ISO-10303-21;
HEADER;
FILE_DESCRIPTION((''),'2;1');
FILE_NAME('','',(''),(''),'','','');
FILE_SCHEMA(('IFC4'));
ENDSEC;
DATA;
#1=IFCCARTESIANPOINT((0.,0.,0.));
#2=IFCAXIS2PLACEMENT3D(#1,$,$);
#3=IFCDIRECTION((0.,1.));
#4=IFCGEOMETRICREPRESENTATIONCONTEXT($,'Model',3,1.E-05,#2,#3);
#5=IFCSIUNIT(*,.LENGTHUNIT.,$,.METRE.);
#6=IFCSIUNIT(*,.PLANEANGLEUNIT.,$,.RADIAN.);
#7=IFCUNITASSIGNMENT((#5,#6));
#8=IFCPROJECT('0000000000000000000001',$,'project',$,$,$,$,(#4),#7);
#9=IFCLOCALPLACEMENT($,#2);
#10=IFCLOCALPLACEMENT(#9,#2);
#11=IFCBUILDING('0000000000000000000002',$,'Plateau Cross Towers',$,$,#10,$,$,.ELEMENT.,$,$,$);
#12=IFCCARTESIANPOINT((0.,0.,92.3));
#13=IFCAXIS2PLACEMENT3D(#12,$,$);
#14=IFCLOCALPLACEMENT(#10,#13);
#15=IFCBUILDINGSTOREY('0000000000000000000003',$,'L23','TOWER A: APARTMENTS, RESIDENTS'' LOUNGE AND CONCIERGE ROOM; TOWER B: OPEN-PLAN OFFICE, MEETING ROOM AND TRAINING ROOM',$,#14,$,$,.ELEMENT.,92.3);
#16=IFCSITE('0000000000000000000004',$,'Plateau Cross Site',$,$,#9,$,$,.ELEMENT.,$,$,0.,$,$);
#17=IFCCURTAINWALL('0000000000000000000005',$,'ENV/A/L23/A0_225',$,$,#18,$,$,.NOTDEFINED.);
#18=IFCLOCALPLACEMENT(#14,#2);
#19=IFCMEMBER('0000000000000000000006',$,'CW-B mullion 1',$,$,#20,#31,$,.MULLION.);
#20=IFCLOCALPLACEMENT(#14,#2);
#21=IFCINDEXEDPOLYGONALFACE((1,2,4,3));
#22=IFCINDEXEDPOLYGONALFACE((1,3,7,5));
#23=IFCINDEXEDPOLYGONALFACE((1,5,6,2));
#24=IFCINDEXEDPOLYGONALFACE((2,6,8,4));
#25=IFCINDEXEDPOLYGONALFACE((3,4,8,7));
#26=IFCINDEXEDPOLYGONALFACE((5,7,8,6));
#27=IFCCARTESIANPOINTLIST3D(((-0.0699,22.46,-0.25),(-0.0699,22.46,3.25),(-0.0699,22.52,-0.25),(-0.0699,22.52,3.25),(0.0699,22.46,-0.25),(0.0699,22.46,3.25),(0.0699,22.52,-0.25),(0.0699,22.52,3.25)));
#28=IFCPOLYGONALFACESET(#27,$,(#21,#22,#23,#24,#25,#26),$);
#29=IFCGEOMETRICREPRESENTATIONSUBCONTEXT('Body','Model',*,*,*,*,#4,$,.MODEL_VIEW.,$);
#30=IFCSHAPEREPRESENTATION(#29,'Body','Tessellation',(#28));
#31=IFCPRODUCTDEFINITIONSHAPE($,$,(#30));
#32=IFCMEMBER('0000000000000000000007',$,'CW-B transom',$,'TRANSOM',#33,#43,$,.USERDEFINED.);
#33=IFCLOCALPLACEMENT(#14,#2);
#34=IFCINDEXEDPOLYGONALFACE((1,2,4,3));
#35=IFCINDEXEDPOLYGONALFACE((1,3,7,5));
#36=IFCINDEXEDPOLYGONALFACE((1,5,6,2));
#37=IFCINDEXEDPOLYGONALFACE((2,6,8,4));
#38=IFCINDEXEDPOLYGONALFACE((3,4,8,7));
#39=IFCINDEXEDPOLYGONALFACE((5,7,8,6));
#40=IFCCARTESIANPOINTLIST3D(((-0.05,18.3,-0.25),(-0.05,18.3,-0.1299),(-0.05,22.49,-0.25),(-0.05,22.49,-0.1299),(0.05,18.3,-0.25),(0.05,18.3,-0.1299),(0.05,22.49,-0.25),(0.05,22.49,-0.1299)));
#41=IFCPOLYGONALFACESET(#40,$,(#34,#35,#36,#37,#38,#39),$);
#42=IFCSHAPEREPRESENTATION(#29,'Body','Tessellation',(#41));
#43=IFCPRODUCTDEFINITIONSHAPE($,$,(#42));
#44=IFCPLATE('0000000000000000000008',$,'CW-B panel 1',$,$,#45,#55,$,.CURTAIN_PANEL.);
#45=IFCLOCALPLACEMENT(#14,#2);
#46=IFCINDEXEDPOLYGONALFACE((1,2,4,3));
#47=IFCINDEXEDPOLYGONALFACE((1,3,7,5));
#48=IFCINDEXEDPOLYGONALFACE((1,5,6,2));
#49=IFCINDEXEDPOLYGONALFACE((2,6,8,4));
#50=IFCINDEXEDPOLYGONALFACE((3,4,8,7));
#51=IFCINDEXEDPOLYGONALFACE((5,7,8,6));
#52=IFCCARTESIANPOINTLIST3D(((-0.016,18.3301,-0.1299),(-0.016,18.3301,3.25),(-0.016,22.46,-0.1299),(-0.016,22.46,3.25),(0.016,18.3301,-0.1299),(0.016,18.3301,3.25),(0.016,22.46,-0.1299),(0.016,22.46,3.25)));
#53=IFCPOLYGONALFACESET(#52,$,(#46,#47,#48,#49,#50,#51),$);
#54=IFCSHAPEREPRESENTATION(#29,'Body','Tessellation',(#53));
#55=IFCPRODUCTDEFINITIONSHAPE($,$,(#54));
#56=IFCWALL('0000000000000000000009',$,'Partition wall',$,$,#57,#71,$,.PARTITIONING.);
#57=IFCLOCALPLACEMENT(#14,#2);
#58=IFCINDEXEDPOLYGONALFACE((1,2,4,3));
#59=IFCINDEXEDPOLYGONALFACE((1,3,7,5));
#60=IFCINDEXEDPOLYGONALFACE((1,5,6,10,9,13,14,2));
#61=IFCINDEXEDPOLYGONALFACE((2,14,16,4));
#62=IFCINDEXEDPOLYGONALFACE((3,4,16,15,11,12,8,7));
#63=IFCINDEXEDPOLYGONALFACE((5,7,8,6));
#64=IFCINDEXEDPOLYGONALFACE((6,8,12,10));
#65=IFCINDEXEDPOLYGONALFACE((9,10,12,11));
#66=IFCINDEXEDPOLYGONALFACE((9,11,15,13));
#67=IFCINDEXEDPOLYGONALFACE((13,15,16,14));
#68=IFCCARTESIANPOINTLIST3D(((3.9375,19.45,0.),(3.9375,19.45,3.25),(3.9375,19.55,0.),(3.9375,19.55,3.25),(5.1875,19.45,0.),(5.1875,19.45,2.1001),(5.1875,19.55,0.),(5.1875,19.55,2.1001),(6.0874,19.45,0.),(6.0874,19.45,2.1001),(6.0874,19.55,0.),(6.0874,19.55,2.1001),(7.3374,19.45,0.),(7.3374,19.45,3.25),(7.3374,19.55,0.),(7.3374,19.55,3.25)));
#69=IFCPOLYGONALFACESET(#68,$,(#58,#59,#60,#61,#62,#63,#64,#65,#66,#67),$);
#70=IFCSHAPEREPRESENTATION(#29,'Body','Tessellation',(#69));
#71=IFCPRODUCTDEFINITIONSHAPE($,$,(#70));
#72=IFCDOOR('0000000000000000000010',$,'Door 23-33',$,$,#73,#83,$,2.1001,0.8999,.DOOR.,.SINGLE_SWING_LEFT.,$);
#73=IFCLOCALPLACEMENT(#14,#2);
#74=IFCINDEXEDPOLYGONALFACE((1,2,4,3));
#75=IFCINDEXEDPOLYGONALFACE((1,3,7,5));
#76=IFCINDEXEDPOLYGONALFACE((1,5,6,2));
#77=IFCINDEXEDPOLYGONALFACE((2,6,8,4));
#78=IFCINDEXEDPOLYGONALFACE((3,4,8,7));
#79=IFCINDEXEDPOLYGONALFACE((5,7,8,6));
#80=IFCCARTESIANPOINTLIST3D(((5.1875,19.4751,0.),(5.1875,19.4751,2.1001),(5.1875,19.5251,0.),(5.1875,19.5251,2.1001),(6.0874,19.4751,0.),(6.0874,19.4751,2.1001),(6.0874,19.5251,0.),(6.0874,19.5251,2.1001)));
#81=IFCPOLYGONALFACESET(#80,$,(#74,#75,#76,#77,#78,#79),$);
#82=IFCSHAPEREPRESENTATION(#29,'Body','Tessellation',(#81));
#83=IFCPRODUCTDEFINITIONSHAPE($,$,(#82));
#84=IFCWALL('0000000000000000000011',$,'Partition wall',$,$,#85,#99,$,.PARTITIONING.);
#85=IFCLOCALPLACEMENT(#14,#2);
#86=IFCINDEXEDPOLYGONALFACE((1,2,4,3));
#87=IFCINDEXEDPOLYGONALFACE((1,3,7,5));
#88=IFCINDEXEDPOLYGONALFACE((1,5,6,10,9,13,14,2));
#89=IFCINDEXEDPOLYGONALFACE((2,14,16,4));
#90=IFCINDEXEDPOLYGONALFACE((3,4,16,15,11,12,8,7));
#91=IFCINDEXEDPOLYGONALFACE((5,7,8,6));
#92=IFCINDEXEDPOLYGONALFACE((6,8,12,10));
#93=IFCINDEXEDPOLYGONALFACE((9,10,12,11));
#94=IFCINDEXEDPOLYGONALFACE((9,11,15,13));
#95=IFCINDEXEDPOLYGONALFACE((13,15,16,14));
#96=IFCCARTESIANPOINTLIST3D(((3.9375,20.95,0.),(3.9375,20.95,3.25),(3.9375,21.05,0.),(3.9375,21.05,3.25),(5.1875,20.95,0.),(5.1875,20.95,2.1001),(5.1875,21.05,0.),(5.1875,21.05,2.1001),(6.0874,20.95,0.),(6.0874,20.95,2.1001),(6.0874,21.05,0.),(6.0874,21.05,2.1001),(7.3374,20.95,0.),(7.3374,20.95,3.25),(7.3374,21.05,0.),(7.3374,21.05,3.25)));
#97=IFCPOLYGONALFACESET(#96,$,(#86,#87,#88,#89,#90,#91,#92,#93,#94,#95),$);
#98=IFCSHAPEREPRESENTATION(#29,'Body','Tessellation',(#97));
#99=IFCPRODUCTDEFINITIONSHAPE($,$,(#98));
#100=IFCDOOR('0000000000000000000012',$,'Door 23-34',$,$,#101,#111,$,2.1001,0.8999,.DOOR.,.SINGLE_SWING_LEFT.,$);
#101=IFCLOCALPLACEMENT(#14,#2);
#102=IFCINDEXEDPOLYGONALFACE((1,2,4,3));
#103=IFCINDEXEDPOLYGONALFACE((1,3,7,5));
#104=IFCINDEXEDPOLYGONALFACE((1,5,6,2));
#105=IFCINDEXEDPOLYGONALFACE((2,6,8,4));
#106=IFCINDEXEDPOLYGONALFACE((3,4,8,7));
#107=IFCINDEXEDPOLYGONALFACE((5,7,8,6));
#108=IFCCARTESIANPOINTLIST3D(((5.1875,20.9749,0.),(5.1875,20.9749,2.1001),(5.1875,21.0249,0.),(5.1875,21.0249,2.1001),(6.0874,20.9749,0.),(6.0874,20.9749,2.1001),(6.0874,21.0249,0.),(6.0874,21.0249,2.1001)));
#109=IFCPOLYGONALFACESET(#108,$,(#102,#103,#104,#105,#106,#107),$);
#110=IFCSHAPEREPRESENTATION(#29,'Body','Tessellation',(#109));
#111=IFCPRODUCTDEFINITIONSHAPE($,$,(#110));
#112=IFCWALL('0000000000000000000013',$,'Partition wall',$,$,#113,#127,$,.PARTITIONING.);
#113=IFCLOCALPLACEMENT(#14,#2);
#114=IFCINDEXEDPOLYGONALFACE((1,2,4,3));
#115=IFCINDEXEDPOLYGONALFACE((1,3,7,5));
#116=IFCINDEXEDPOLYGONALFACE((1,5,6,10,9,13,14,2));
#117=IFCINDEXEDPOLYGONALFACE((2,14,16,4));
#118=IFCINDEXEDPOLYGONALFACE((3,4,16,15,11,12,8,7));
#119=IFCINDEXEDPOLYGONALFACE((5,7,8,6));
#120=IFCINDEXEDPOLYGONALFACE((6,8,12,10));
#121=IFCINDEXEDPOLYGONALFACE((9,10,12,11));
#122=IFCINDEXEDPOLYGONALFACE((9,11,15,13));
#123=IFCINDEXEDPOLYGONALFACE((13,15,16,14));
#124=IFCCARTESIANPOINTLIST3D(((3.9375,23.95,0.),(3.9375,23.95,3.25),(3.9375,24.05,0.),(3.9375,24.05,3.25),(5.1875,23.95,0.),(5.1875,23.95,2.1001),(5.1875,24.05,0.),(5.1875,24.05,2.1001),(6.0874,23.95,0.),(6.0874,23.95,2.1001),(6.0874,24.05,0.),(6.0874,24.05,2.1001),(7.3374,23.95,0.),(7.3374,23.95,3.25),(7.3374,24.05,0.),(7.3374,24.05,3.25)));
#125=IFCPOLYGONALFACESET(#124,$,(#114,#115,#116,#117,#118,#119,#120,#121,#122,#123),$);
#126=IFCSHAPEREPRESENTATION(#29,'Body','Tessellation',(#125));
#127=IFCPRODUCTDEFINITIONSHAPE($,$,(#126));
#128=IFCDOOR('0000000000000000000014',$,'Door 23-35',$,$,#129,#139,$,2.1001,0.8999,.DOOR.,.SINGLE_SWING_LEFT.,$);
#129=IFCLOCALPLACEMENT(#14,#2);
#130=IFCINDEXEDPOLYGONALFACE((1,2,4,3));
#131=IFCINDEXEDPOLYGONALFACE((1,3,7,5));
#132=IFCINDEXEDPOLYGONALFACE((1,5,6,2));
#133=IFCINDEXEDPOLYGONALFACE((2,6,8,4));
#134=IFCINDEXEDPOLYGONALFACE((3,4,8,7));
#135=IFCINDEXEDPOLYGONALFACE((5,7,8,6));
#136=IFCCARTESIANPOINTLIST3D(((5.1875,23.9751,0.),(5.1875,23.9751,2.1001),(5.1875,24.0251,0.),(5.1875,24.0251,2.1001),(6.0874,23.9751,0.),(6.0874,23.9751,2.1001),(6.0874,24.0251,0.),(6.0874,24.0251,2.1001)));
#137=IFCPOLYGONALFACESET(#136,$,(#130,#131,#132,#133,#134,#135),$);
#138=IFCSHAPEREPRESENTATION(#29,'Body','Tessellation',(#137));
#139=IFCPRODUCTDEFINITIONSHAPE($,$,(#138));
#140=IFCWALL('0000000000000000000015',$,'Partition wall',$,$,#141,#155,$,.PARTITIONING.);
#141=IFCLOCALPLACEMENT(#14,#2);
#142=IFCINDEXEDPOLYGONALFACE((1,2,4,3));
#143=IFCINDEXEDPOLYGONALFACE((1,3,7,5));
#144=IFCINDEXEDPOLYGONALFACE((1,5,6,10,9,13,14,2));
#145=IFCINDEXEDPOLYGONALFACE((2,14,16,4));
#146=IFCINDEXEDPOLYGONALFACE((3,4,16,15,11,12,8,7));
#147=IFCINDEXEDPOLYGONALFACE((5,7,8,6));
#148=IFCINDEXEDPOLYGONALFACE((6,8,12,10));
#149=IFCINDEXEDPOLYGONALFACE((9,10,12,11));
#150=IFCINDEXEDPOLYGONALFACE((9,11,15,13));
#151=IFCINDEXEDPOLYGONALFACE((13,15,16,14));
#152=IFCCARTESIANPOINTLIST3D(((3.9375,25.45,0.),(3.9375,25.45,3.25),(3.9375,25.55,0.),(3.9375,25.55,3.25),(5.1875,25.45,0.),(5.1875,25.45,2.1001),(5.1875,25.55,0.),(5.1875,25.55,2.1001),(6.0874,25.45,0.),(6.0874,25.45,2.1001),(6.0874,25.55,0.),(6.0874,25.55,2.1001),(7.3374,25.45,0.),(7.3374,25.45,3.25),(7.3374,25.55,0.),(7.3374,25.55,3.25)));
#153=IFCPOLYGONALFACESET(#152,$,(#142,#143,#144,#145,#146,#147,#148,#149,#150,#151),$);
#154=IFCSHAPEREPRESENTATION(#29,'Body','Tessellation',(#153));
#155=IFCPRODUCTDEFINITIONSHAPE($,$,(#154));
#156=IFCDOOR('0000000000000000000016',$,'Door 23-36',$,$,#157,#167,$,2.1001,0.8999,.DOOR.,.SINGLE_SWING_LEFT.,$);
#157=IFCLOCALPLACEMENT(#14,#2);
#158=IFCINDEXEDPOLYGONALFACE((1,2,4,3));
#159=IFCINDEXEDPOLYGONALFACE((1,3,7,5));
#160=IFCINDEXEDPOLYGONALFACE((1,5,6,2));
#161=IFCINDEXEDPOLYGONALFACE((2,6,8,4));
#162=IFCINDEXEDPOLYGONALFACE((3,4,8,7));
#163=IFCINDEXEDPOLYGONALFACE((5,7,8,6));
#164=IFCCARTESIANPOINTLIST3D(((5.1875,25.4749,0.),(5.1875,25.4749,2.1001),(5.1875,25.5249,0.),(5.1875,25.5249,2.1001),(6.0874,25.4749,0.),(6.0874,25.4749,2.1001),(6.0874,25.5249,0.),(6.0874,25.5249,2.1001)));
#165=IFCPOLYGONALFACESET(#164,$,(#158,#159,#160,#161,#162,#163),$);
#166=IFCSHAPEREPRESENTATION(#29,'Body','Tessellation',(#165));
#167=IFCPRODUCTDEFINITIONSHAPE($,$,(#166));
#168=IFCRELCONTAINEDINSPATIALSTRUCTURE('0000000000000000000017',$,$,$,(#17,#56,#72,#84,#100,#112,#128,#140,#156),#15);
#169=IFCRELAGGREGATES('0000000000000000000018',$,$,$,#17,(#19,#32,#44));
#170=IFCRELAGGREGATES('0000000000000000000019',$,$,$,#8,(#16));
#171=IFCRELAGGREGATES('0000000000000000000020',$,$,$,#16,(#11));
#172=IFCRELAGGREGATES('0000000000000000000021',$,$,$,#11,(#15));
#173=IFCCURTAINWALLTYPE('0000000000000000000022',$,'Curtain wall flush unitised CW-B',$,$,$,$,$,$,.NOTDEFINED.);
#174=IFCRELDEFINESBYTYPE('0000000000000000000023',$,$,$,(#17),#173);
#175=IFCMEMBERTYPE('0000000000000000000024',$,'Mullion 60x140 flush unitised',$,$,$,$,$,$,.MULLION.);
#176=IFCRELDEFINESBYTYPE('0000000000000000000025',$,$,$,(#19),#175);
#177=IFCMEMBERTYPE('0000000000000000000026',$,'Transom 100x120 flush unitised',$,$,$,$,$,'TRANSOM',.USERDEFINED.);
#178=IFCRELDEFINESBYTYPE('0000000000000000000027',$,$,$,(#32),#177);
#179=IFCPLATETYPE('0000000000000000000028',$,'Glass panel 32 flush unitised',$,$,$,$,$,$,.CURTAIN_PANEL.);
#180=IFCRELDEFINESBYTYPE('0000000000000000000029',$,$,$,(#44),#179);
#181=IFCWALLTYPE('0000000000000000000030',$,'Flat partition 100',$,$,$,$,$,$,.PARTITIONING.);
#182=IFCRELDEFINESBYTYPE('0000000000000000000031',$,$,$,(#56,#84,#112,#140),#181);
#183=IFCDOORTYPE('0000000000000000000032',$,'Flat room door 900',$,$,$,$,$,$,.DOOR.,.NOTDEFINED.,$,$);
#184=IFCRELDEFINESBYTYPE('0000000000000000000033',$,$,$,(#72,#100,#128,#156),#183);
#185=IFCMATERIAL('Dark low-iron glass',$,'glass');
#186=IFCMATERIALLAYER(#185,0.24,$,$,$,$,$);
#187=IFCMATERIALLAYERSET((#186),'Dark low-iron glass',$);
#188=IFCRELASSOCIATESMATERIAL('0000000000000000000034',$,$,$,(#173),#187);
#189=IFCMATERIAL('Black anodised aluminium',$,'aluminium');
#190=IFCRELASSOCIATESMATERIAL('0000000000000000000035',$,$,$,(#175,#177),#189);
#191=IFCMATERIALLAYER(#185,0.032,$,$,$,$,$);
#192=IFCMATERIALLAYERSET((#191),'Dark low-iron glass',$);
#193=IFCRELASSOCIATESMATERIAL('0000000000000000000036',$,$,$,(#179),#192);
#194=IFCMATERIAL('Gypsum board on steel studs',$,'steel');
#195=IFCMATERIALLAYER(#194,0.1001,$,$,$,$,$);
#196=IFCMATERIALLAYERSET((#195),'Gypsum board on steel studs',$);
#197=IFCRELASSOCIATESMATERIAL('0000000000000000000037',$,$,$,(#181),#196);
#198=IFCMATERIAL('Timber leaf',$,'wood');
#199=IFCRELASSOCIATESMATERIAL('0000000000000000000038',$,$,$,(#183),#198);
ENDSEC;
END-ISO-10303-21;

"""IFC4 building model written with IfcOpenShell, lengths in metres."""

from ifc_helpers import new_model, si_unit, direction, frame, frame_2d, origin, origin_2d, place, context, subcontext, project, spatial, rectangle, extrude, material, layer, layer_set, material_profile, profile_set, type_object, element, fill, aggregate, save


model = new_model("IFC4")

# Units and contexts
model_context = context("Model", 3, precision=1e-05, world=origin(), true_north=direction((0.0, 1.0)))
body_context = subcontext(model_context, "Body", "Model", "MODEL_VIEW")
ifc_project = project(units=[si_unit("LENGTHUNIT", "METRE"), si_unit("PLANEANGLEUNIT", "RADIAN")], contexts=[model_context])

# Site, building, storey
site_placement = place(None, origin())
site = spatial("IfcSite", under=ifc_project, at=site_placement, Name="Plateau Cross Site", CompositionType="ELEMENT", RefElevation=0.0)
building_placement = place(site_placement, origin())
building = spatial("IfcBuilding", under=site, at=building_placement, Name="Plateau Cross Towers", CompositionType="ELEMENT")
storey_placement = place(building_placement, frame((0.0, 0.0, 92.3)))
storey = spatial("IfcBuildingStorey", under=building, at=storey_placement, Name="L23", Description="TOWER A: APARTMENTS, RESIDENTS' LOUNGE AND CONCIERGE ROOM; TOWER B: OPEN-PLAN OFFICE, MEETING ROOM AND TRAINING ROOM", CompositionType="ELEMENT", Elevation=92.3)

# Curtain wall, members, plate
ifc_material_1 = material(Name="Dark low-iron glass", Category="glass")
ifc_layer_1 = layer(ifc_material_1, 0.24)
ifc_layer_set_1 = layer_set([ifc_layer_1], Name="Dark low-iron glass")
curtain_wall_type = type_object("IfcCurtainWallType", Name="Curtain wall flush unitised CW-B", PredefinedType="NOTDEFINED", material=ifc_layer_set_1)
curtain_wall_placement = place(storey_placement, origin())
curtain_wall = element("IfcCurtainWall", 1, at=curtain_wall_placement, inside=storey, type_object=curtain_wall_type, Name="ENV/A/L23/A0_225", PredefinedType="NOTDEFINED")
ifc_material_2 = material(Name="Black anodised aluminium", Category="aluminium")
ifc_material_profile_1 = material_profile(ifc_material_2, rectangle(XDim=0.0601, YDim=0.1399, at=origin_2d()), Name="MULLION 60x140")
ifc_profile_set_1 = profile_set([ifc_material_profile_1], Name="Black anodised aluminium")
member_type_1 = type_object("IfcMemberType", Name="Mullion 60x140 flush unitised", PredefinedType="MULLION", material=ifc_profile_set_1)
member_1_placement = place(storey_placement, frame((0.0, 22.49, -0.25), z_axis=(0.0, 0.0, 1.0), x_axis=(0.0, -1.0, 0.0)))
member_1 = element("IfcMember", 2, at=member_1_placement, type_object=member_type_1, Name="CW-B mullion 1", PredefinedType="MULLION", context=body_context, shape_type="SweptSolid", body=[
    extrude(rectangle(XDim=0.0601, YDim=0.1399, at=origin_2d()), origin(), (0.0, 0.0, 1.0), 3.5),
])
ifc_material_profile_2 = material_profile(ifc_material_2, rectangle(XDim=0.1001, YDim=0.1201, at=origin_2d()), Name="TRANSOM 100x120")
ifc_profile_set_2 = profile_set([ifc_material_profile_2], Name="Black anodised aluminium")
member_type_2 = type_object("IfcMemberType", Name="Transom 100x120 flush unitised", ElementType="TRANSOM", PredefinedType="USERDEFINED", material=ifc_profile_set_2)
member_2_placement = place(storey_placement, frame((0.0, 22.49, -0.1899), z_axis=(0.0, -1.0, 0.0), x_axis=(1.0, 0.0, 0.0)))
member_2 = element("IfcMember", 3, at=member_2_placement, type_object=member_type_2, Name="CW-B transom", ObjectType="TRANSOM", PredefinedType="USERDEFINED", context=body_context, shape_type="SweptSolid", body=[
    extrude(rectangle(XDim=0.1001, YDim=0.1201, at=origin_2d()), origin(), (0.0, 0.0, 1.0), 4.1899),
])
ifc_layer_2 = layer(ifc_material_1, 0.032)
ifc_layer_set_2 = layer_set([ifc_layer_2], Name="Dark low-iron glass")
plate_type = type_object("IfcPlateType", Name="Glass panel 32 flush unitised", PredefinedType="CURTAIN_PANEL", material=ifc_layer_set_2)
plate_placement = place(storey_placement, frame((0.0, 20.395, -0.1299), z_axis=(0.0, 0.0, 1.0), x_axis=(0.0, -1.0, 0.0)))
plate = element("IfcPlate", 4, at=plate_placement, type_object=plate_type, Name="CW-B panel 1", PredefinedType="CURTAIN_PANEL", context=body_context, shape_type="SweptSolid", body=[
    extrude(rectangle(XDim=4.1299, YDim=0.032, at=origin_2d()), origin(), (0.0, 0.0, 1.0), 3.3799),
])
aggregate(curtain_wall, [member_1, member_2, plate])

# Walls, openings, doors
ifc_material_3 = material(Name="Gypsum board on steel studs", Category="steel")
ifc_layer_3 = layer(ifc_material_3, 0.1001)
ifc_layer_set_3 = layer_set([ifc_layer_3], Name="Gypsum board on steel studs")
wall_type_1 = type_object("IfcWallType", Name="Flat partition 100", PredefinedType="PARTITIONING", material=ifc_layer_set_3)
wall_1_placement = place(storey_placement, frame((7.3374, 19.5, 0.0), z_axis=(0.0, 0.0, 1.0), x_axis=(-1.0, 0.0, 0.0)))
wall_1 = element("IfcWall", 5, at=wall_1_placement, inside=storey, type_object=wall_type_1, Name="Partition wall", PredefinedType="PARTITIONING", context=body_context, shape_type="SweptSolid", body=[
    extrude(rectangle(XDim=3.3999, YDim=0.1001, at=frame_2d((1.7, 0.0))), origin(), (0.0, 0.0, 1.0), 3.25),
])
opening_1_placement = place(wall_1_placement, frame((1.25, 0.0, 0.0)))
opening_1 = element("IfcOpeningElement", 6, at=opening_1_placement, cuts=wall_1, PredefinedType="OPENING", context=body_context, shape_type="SweptSolid", body=[
    extrude(rectangle(XDim=0.8999, YDim=2.1001, at=frame_2d((0.45, 1.05))), frame((0.0, 0.0601, 0.0), z_axis=(0.0, -1.0, 0.0), x_axis=(1.0, 0.0, 0.0)), (0.0, 0.0, 1.0), 0.1201),
])
ifc_material_4 = material(Name="Timber leaf", Category="wood")
door_type_1 = type_object("IfcDoorType", Name="Flat room door 900", OperationType="NOTDEFINED", PredefinedType="DOOR", material=ifc_material_4)
door_1_placement = place(opening_1_placement, origin())
door_1 = element("IfcDoor", 7, at=door_1_placement, inside=storey, type_object=door_type_1, Name="Door 23-33", OperationType="SINGLE_SWING_LEFT", OverallHeight=2.1001, OverallWidth=0.8999, PredefinedType="DOOR", context=body_context, shape_type="SweptSolid", body=[
    extrude(rectangle(XDim=0.8999, YDim=2.1001, at=frame_2d((0.45, 1.05))), frame((0.0, 0.0249, 0.0), z_axis=(0.0, -1.0, 0.0), x_axis=(1.0, 0.0, 0.0)), (0.0, 0.0, 1.0), 0.05),
])
fill(opening_1, door_1)
wall_2_placement = place(storey_placement, frame((3.9375, 21.0, 0.0), z_axis=(0.0, 0.0, 1.0), x_axis=(1.0, 0.0, 0.0)))
wall_2 = element("IfcWall", 8, at=wall_2_placement, inside=storey, type_object=wall_type_1, Name="Partition wall", PredefinedType="PARTITIONING", context=body_context, shape_type="SweptSolid", body=[
    extrude(rectangle(XDim=3.3999, YDim=0.1001, at=frame_2d((1.7, 0.0))), origin(), (0.0, 0.0, 1.0), 3.25),
])
opening_2_placement = place(wall_2_placement, frame((1.25, 0.0, 0.0)))
opening_2 = element("IfcOpeningElement", 9, at=opening_2_placement, cuts=wall_2, PredefinedType="OPENING", context=body_context, shape_type="SweptSolid", body=[
    extrude(rectangle(XDim=0.8999, YDim=2.1001, at=frame_2d((0.45, 1.05))), frame((0.0, 0.0601, 0.0), z_axis=(0.0, -1.0, 0.0), x_axis=(1.0, 0.0, 0.0)), (0.0, 0.0, 1.0), 0.1201),
])
door_2_placement = place(opening_2_placement, origin())
door_2 = element("IfcDoor", 10, at=door_2_placement, inside=storey, type_object=door_type_1, Name="Door 23-34", OperationType="SINGLE_SWING_LEFT", OverallHeight=2.1001, OverallWidth=0.8999, PredefinedType="DOOR", context=body_context, shape_type="SweptSolid", body=[
    extrude(rectangle(XDim=0.8999, YDim=2.1001, at=frame_2d((0.45, 1.05))), frame((0.0, 0.0249, 0.0), z_axis=(0.0, -1.0, 0.0), x_axis=(1.0, 0.0, 0.0)), (0.0, 0.0, 1.0), 0.05),
])
fill(opening_2, door_2)
wall_3_placement = place(storey_placement, frame((7.3374, 24.0, 0.0), z_axis=(0.0, 0.0, 1.0), x_axis=(-1.0, 0.0, 0.0)))
wall_3 = element("IfcWall", 11, at=wall_3_placement, inside=storey, type_object=wall_type_1, Name="Partition wall", PredefinedType="PARTITIONING", context=body_context, shape_type="SweptSolid", body=[
    extrude(rectangle(XDim=3.3999, YDim=0.1001, at=frame_2d((1.7, 0.0))), origin(), (0.0, 0.0, 1.0), 3.25),
])
opening_3_placement = place(wall_3_placement, frame((1.25, 0.0, 0.0)))
opening_3 = element("IfcOpeningElement", 12, at=opening_3_placement, cuts=wall_3, PredefinedType="OPENING", context=body_context, shape_type="SweptSolid", body=[
    extrude(rectangle(XDim=0.8999, YDim=2.1001, at=frame_2d((0.45, 1.05))), frame((0.0, 0.0601, 0.0), z_axis=(0.0, -1.0, 0.0), x_axis=(1.0, 0.0, 0.0)), (0.0, 0.0, 1.0), 0.1201),
])
door_3_placement = place(opening_3_placement, origin())
door_3 = element("IfcDoor", 13, at=door_3_placement, inside=storey, type_object=door_type_1, Name="Door 23-35", OperationType="SINGLE_SWING_LEFT", OverallHeight=2.1001, OverallWidth=0.8999, PredefinedType="DOOR", context=body_context, shape_type="SweptSolid", body=[
    extrude(rectangle(XDim=0.8999, YDim=2.1001, at=frame_2d((0.45, 1.05))), frame((0.0, 0.0249, 0.0), z_axis=(0.0, -1.0, 0.0), x_axis=(1.0, 0.0, 0.0)), (0.0, 0.0, 1.0), 0.05),
])
fill(opening_3, door_3)
wall_4_placement = place(storey_placement, frame((3.9375, 25.5, 0.0), z_axis=(0.0, 0.0, 1.0), x_axis=(1.0, 0.0, 0.0)))
wall_4 = element("IfcWall", 14, at=wall_4_placement, inside=storey, type_object=wall_type_1, Name="Partition wall", PredefinedType="PARTITIONING", context=body_context, shape_type="SweptSolid", body=[
    extrude(rectangle(XDim=3.3999, YDim=0.1001, at=frame_2d((1.7, 0.0))), origin(), (0.0, 0.0, 1.0), 3.25),
])
opening_4_placement = place(wall_4_placement, frame((1.25, 0.0, 0.0)))
opening_4 = element("IfcOpeningElement", 15, at=opening_4_placement, cuts=wall_4, PredefinedType="OPENING", context=body_context, shape_type="SweptSolid", body=[
    extrude(rectangle(XDim=0.8999, YDim=2.1001, at=frame_2d((0.45, 1.05))), frame((0.0, 0.0601, 0.0), z_axis=(0.0, -1.0, 0.0), x_axis=(1.0, 0.0, 0.0)), (0.0, 0.0, 1.0), 0.1201),
])
door_4_placement = place(opening_4_placement, origin())
door_4 = element("IfcDoor", 16, at=door_4_placement, inside=storey, type_object=door_type_1, Name="Door 23-36", OperationType="SINGLE_SWING_LEFT", OverallHeight=2.1001, OverallWidth=0.8999, PredefinedType="DOOR", context=body_context, shape_type="SweptSolid", body=[
    extrude(rectangle(XDim=0.8999, YDim=2.1001, at=frame_2d((0.45, 1.05))), frame((0.0, 0.0249, 0.0), z_axis=(0.0, -1.0, 0.0), x_axis=(1.0, 0.0, 0.0)), (0.0, 0.0, 1.0), 0.05),
])
fill(opening_4, door_4)

save(model, "model.ifc")
